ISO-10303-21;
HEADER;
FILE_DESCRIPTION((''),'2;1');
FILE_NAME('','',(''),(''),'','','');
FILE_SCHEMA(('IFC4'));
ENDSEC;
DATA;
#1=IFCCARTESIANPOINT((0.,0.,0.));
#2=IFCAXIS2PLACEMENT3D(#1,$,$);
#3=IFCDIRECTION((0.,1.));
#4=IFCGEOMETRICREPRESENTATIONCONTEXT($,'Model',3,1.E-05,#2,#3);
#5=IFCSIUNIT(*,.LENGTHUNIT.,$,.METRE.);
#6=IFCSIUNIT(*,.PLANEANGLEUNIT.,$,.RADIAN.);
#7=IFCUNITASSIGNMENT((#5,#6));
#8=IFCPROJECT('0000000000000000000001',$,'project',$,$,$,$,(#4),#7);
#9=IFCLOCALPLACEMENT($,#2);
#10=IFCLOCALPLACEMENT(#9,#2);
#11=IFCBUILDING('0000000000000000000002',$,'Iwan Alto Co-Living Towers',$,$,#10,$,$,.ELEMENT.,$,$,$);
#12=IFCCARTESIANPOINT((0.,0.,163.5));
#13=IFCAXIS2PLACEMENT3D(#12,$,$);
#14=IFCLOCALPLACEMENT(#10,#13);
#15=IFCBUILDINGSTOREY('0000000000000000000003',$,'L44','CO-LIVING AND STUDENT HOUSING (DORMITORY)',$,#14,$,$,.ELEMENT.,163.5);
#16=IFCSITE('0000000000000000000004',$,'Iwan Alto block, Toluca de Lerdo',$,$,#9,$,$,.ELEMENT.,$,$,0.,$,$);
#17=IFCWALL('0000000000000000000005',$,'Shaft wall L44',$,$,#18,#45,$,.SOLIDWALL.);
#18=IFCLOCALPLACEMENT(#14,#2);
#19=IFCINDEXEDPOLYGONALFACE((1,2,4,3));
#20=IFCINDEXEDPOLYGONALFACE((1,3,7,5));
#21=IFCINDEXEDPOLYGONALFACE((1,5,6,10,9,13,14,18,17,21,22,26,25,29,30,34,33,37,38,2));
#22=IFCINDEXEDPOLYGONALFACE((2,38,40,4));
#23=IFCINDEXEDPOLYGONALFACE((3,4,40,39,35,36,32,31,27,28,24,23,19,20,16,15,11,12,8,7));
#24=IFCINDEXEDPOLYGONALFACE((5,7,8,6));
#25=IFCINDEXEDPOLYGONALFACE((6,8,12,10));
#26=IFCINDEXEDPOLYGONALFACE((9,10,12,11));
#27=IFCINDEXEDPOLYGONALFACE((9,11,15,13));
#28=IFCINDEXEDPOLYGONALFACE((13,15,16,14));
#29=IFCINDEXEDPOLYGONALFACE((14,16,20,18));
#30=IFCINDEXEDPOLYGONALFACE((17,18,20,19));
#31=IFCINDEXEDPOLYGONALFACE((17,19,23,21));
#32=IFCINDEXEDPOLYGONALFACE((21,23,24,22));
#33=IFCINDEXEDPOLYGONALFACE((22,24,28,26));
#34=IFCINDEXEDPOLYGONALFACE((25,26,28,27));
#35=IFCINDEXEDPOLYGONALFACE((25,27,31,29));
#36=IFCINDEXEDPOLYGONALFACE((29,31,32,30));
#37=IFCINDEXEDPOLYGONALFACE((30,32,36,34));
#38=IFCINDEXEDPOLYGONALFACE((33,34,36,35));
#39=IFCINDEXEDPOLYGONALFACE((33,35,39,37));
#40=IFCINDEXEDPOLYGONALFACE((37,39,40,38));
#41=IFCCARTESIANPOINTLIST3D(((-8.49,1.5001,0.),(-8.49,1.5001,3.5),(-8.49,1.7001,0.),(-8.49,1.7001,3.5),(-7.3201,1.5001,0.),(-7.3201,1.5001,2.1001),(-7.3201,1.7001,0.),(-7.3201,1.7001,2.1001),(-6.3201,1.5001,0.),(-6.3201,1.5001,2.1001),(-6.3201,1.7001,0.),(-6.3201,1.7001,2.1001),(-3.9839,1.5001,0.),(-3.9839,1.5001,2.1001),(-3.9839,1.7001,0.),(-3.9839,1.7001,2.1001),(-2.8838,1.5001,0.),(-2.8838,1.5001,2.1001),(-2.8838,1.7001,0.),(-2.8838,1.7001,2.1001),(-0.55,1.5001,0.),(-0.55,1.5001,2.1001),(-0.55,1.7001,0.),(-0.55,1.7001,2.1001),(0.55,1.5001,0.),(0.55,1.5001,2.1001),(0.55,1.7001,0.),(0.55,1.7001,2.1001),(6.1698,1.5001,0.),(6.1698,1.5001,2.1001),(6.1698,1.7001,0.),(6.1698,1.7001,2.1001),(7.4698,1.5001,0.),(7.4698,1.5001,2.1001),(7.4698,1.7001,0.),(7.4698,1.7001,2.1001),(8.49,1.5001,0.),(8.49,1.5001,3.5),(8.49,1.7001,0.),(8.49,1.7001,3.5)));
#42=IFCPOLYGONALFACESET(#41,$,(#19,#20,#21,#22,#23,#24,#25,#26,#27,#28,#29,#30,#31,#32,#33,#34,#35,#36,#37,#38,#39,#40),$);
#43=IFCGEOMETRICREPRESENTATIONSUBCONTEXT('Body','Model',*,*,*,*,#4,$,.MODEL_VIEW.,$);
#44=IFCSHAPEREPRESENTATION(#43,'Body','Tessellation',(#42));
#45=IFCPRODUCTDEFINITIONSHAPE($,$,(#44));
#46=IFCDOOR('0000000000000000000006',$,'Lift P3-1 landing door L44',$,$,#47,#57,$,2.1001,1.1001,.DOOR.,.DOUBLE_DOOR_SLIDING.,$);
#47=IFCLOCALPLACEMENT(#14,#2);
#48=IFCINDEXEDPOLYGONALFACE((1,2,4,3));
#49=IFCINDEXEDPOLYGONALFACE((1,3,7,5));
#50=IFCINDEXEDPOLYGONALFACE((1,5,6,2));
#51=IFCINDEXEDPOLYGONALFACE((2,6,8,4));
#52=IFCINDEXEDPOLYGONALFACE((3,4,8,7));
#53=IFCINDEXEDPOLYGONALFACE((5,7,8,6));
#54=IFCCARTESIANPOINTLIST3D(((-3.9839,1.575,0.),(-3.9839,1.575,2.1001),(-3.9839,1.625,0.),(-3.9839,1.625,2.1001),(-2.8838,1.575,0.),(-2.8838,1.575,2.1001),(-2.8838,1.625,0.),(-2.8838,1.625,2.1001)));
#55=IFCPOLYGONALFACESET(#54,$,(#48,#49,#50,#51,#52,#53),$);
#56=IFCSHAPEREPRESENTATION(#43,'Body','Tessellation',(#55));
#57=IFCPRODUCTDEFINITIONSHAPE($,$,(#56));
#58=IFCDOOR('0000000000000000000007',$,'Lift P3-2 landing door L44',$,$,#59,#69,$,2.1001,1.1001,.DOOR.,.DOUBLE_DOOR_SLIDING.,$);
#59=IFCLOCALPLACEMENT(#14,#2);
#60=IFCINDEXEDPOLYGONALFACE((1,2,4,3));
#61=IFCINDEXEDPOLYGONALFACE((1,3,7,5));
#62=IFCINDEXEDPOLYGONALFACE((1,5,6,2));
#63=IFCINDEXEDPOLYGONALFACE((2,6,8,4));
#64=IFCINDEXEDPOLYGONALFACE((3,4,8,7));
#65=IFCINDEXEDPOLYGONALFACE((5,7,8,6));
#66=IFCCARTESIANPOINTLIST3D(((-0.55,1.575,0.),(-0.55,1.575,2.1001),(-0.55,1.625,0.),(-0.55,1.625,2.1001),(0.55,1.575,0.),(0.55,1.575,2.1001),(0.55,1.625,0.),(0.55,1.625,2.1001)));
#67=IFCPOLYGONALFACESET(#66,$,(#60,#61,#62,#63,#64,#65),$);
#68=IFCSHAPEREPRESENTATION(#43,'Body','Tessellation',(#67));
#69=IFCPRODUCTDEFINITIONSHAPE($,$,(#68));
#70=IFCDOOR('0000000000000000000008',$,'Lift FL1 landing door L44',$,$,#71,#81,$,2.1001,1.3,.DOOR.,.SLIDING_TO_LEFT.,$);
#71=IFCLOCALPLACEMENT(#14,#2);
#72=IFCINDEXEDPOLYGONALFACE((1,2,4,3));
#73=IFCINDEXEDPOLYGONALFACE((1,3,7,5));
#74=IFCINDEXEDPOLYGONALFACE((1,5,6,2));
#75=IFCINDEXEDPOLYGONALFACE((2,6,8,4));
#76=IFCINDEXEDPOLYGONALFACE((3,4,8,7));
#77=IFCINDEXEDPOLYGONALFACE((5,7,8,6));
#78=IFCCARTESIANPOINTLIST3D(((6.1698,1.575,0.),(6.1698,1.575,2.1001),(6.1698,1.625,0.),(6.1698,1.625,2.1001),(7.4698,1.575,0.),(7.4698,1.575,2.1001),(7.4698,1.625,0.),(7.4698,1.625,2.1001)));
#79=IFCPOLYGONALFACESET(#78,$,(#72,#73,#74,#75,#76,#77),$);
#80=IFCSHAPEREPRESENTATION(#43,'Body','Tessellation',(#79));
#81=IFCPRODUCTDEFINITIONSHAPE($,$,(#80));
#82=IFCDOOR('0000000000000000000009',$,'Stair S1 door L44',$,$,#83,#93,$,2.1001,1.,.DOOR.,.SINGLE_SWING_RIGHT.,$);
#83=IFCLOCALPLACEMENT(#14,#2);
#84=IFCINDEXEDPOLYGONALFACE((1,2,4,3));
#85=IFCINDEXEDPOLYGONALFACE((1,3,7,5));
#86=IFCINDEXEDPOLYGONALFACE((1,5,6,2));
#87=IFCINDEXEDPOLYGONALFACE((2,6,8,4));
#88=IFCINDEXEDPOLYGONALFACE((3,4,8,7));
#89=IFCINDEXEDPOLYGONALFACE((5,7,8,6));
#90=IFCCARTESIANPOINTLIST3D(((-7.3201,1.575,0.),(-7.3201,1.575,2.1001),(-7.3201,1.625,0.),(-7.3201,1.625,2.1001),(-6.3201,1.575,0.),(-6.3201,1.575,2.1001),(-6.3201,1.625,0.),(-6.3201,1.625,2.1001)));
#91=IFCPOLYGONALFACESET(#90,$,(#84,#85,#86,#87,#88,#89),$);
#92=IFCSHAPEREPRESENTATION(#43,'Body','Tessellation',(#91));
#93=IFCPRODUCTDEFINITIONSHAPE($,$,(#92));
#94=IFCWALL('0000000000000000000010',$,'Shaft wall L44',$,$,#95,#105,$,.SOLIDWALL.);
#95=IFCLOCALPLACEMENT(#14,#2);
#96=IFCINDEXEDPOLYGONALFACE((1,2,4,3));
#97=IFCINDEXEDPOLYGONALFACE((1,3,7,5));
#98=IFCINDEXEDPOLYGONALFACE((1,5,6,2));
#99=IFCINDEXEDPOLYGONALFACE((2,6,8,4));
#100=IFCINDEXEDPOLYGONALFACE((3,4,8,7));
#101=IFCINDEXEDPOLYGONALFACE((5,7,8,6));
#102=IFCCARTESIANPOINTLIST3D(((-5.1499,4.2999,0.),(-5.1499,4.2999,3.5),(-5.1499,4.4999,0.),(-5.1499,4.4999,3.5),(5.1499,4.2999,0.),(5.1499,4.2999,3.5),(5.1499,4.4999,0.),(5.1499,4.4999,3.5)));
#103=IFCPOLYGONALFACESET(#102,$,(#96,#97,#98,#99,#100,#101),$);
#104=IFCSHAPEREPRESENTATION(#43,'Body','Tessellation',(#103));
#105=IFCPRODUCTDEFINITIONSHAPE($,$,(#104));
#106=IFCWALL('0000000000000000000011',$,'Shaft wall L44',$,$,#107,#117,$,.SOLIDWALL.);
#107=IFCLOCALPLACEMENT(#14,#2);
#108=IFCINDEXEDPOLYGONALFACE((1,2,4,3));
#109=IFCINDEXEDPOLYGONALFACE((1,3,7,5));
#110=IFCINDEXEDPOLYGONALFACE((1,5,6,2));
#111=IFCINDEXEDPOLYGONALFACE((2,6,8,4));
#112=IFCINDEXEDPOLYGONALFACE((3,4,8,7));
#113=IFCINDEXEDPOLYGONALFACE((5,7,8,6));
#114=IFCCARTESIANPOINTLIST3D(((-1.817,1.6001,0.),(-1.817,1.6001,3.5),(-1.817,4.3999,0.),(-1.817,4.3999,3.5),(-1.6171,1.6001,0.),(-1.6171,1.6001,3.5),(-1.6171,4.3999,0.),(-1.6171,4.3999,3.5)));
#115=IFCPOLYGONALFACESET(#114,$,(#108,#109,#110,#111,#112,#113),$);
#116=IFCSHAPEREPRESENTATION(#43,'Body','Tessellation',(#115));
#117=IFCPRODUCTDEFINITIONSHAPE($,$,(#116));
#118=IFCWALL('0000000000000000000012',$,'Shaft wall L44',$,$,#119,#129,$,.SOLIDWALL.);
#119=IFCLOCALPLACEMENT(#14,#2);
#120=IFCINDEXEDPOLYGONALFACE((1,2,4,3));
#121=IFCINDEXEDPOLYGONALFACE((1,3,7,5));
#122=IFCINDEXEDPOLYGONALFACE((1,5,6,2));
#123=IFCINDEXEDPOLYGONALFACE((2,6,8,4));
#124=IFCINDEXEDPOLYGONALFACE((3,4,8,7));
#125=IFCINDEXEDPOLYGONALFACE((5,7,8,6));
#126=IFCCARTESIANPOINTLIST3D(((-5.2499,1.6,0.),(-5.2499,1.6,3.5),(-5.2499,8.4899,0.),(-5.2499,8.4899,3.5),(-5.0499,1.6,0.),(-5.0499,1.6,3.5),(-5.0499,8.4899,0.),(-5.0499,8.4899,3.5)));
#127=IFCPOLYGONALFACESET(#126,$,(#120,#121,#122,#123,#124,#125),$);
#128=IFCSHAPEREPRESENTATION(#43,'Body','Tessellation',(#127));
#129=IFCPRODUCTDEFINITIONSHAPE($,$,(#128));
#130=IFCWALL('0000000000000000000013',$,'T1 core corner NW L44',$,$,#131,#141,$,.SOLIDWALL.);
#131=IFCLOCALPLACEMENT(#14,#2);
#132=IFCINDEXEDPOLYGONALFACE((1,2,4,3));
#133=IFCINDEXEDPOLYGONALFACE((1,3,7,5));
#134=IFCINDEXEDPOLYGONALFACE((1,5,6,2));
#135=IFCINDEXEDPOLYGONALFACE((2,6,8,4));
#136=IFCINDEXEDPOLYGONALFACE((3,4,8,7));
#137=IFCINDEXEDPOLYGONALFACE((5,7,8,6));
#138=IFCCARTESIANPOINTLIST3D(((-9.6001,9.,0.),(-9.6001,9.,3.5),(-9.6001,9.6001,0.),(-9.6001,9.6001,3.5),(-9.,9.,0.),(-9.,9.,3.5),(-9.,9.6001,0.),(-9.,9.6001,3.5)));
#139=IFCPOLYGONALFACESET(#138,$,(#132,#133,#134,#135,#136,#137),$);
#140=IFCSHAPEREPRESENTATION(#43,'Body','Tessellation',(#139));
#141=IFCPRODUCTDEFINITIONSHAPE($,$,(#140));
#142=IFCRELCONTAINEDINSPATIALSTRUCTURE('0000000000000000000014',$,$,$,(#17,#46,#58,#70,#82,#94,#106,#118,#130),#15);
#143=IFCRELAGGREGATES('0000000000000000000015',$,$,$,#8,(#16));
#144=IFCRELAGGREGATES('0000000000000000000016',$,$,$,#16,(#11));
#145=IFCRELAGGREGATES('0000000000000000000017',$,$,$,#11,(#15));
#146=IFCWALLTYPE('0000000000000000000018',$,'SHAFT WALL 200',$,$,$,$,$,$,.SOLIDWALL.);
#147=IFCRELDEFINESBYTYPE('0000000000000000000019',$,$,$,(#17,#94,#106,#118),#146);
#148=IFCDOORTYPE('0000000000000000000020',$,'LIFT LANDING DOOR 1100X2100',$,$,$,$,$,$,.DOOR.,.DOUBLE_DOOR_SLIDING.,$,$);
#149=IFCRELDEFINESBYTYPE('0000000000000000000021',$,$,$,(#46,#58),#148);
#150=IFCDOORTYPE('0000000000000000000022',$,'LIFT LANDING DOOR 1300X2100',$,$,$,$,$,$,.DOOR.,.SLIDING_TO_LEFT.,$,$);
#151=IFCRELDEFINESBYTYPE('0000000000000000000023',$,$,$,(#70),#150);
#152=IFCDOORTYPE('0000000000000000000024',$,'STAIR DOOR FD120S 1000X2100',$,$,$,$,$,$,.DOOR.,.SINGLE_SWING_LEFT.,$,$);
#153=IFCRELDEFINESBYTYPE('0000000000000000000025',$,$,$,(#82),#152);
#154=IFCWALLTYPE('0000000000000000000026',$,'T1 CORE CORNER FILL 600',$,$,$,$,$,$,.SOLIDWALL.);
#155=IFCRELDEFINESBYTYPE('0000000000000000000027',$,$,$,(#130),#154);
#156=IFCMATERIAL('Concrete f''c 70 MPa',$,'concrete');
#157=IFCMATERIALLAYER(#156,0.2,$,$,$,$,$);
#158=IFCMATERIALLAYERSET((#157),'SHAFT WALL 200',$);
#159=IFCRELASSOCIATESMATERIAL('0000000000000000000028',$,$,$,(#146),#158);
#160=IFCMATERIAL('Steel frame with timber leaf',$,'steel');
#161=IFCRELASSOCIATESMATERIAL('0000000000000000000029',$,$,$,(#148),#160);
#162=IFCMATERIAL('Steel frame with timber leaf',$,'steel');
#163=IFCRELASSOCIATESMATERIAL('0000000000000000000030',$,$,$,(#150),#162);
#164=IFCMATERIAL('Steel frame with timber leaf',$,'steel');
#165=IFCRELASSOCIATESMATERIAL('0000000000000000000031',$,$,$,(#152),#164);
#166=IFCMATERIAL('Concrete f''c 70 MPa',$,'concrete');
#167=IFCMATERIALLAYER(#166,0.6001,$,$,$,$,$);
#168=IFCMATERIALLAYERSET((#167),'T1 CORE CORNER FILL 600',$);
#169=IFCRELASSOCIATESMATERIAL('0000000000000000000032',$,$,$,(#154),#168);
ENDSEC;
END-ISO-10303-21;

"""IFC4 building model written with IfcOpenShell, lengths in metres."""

from ifc_helpers import new_model, si_unit, direction, frame, frame_2d, origin, place, context, subcontext, project, spatial, rectangle, extrude, material, layer, layer_set, type_object, element, fill, save


model = new_model("IFC4")

# Units and contexts
model_context = context("Model", 3, precision=1e-05, world=origin(), true_north=direction((0.0, 1.0)))
body_context = subcontext(model_context, "Body", "Model", "MODEL_VIEW")
ifc_project = project(units=[si_unit("LENGTHUNIT", "METRE"), si_unit("PLANEANGLEUNIT", "RADIAN")], contexts=[model_context])

# Site, building, storey
site_placement = place(None, origin())
site = spatial("IfcSite", under=ifc_project, at=site_placement, Name="Iwan Alto block, Toluca de Lerdo", CompositionType="ELEMENT", RefElevation=0.0)
building_placement = place(site_placement, origin())
building = spatial("IfcBuilding", under=site, at=building_placement, Name="Iwan Alto Co-Living Towers", CompositionType="ELEMENT")
storey_placement = place(building_placement, frame((0.0, 0.0, 163.5)))
storey = spatial("IfcBuildingStorey", under=building, at=storey_placement, Name="L44", Description="CO-LIVING AND STUDENT HOUSING (DORMITORY)", CompositionType="ELEMENT", Elevation=163.5)

# Wall, openings, doors
ifc_material_1 = material(Name="Concrete f'c 70 MPa", Category="concrete")
ifc_layer_1 = layer(ifc_material_1, 0.2)
ifc_layer_set_1 = layer_set([ifc_layer_1], Name="SHAFT WALL 200")
wall_type_1 = type_object("IfcWallType", Name="SHAFT WALL 200", PredefinedType="SOLIDWALL", material=ifc_layer_set_1)
wall_1_placement = place(storey_placement, frame((-8.49, 1.6001, 0.0), z_axis=(0.0, 0.0, 1.0), x_axis=(1.0, 0.0, 0.0)))
wall_1 = element("IfcWall", 1, at=wall_1_placement, inside=storey, type_object=wall_type_1, Name="Shaft wall L44", PredefinedType="SOLIDWALL", context=body_context, shape_type="SweptSolid", body=[
    extrude(rectangle(XDim=16.98, YDim=0.2, at=frame_2d((8.49, 0.0))), origin(), (0.0, 0.0, 1.0), 3.5),
])
opening_1_placement = place(wall_1_placement, frame((1.1699, 0.0, 0.0)))
opening_1 = element("IfcOpeningElement", 2, at=opening_1_placement, cuts=wall_1, PredefinedType="OPENING", context=body_context, shape_type="SweptSolid", body=[
    extrude(rectangle(XDim=1.0, YDim=2.1001, at=frame_2d((0.5, 1.05))), frame((0.0, 0.1099, 0.0), z_axis=(0.0, -1.0, 0.0), x_axis=(1.0, 0.0, 0.0)), (0.0, 0.0, 1.0), 0.22),
])
opening_2_placement = place(wall_1_placement, frame((4.5061, 0.0, 0.0)))
opening_2 = element("IfcOpeningElement", 3, at=opening_2_placement, cuts=wall_1, PredefinedType="OPENING", context=body_context, shape_type="SweptSolid", body=[
    extrude(rectangle(XDim=1.1001, YDim=2.1001, at=frame_2d((0.55, 1.05))), frame((0.0, 0.1099, 0.0), z_axis=(0.0, -1.0, 0.0), x_axis=(1.0, 0.0, 0.0)), (0.0, 0.0, 1.0), 0.22),
])
opening_3_placement = place(wall_1_placement, frame((7.9399, 0.0, 0.0)))
opening_3 = element("IfcOpeningElement", 4, at=opening_3_placement, cuts=wall_1, PredefinedType="OPENING", context=body_context, shape_type="SweptSolid", body=[
    extrude(rectangle(XDim=1.1001, YDim=2.1001, at=frame_2d((0.55, 1.05))), frame((0.0, 0.1099, 0.0), z_axis=(0.0, -1.0, 0.0), x_axis=(1.0, 0.0, 0.0)), (0.0, 0.0, 1.0), 0.22),
])
opening_4_placement = place(wall_1_placement, frame((14.6599, 0.0, 0.0)))
opening_4 = element("IfcOpeningElement", 5, at=opening_4_placement, cuts=wall_1, PredefinedType="OPENING", context=body_context, shape_type="SweptSolid", body=[
    extrude(rectangle(XDim=1.3, YDim=2.1001, at=frame_2d((0.6499, 1.05))), frame((0.0, 0.1099, 0.0), z_axis=(0.0, -1.0, 0.0), x_axis=(1.0, 0.0, 0.0)), (0.0, 0.0, 1.0), 0.22),
])
ifc_material_2 = material(Name="Steel frame with timber leaf", Category="steel")
door_type_1 = type_object("IfcDoorType", Name="LIFT LANDING DOOR 1100X2100", OperationType="DOUBLE_DOOR_SLIDING", PredefinedType="DOOR", material=ifc_material_2)
door_1_placement = place(opening_2_placement, origin())
door_1 = element("IfcDoor", 6, at=door_1_placement, inside=storey, type_object=door_type_1, Name="Lift P3-1 landing door L44", OperationType="DOUBLE_DOOR_SLIDING", OverallHeight=2.1001, OverallWidth=1.1001, PredefinedType="DOOR", context=body_context, shape_type="SweptSolid", body=[
    extrude(rectangle(XDim=1.1001, YDim=2.1001, at=frame_2d((0.55, 1.05))), frame((0.0, 0.0249, 0.0), z_axis=(0.0, -1.0, 0.0), x_axis=(1.0, 0.0, 0.0)), (0.0, 0.0, 1.0), 0.05),
])
fill(opening_2, door_1)
door_2_placement = place(opening_3_placement, origin())
door_2 = element("IfcDoor", 7, at=door_2_placement, inside=storey, type_object=door_type_1, Name="Lift P3-2 landing door L44", OperationType="DOUBLE_DOOR_SLIDING", OverallHeight=2.1001, OverallWidth=1.1001, PredefinedType="DOOR", context=body_context, shape_type="SweptSolid", body=[
    extrude(rectangle(XDim=1.1001, YDim=2.1001, at=frame_2d((0.55, 1.05))), frame((0.0, 0.0249, 0.0), z_axis=(0.0, -1.0, 0.0), x_axis=(1.0, 0.0, 0.0)), (0.0, 0.0, 1.0), 0.05),
])
fill(opening_3, door_2)
ifc_material_3 = material(Name="Steel frame with timber leaf", Category="steel")
door_type_2 = type_object("IfcDoorType", Name="LIFT LANDING DOOR 1300X2100", OperationType="SLIDING_TO_LEFT", PredefinedType="DOOR", material=ifc_material_3)
door_3_placement = place(opening_4_placement, origin())
door_3 = element("IfcDoor", 8, at=door_3_placement, inside=storey, type_object=door_type_2, Name="Lift FL1 landing door L44", OperationType="SLIDING_TO_LEFT", OverallHeight=2.1001, OverallWidth=1.3, PredefinedType="DOOR", context=body_context, shape_type="SweptSolid", body=[
    extrude(rectangle(XDim=1.3, YDim=2.1001, at=frame_2d((0.6499, 1.05))), frame((0.0, 0.0249, 0.0), z_axis=(0.0, -1.0, 0.0), x_axis=(1.0, 0.0, 0.0)), (0.0, 0.0, 1.0), 0.05),
])
fill(opening_4, door_3)
ifc_material_4 = material(Name="Steel frame with timber leaf", Category="steel")
door_type_3 = type_object("IfcDoorType", Name="STAIR DOOR FD120S 1000X2100", OperationType="SINGLE_SWING_LEFT", PredefinedType="DOOR", material=ifc_material_4)
door_4_placement = place(opening_1_placement, origin())
door_4 = element("IfcDoor", 9, at=door_4_placement, inside=storey, type_object=door_type_3, Name="Stair S1 door L44", OperationType="SINGLE_SWING_RIGHT", OverallHeight=2.1001, OverallWidth=1.0, PredefinedType="DOOR", context=body_context, shape_type="SweptSolid", body=[
    extrude(rectangle(XDim=1.0, YDim=2.1001, at=frame_2d((0.5, 1.05))), frame((0.0, 0.0249, 0.0), z_axis=(0.0, -1.0, 0.0), x_axis=(1.0, 0.0, 0.0)), (0.0, 0.0, 1.0), 0.05),
])
fill(opening_1, door_4)

# Walls
wall_2_placement = place(storey_placement, frame((-5.1499, 4.3999, 0.0), z_axis=(0.0, 0.0, 1.0), x_axis=(1.0, 0.0, 0.0)))
element("IfcWall", 10, at=wall_2_placement, inside=storey, type_object=wall_type_1, Name="Shaft wall L44", PredefinedType="SOLIDWALL", context=body_context, shape_type="SweptSolid", body=[
    extrude(rectangle(XDim=10.2998, YDim=0.2, at=frame_2d((5.1499, 0.0))), origin(), (0.0, 0.0, 1.0), 3.5),
])
wall_3_placement = place(storey_placement, frame((-1.717, 1.6001, 0.0), z_axis=(0.0, 0.0, 1.0), x_axis=(0.0, 1.0, 0.0)))
element("IfcWall", 11, at=wall_3_placement, inside=storey, type_object=wall_type_1, Name="Shaft wall L44", PredefinedType="SOLIDWALL", context=body_context, shape_type="SweptSolid", body=[
    extrude(rectangle(XDim=2.7998, YDim=0.2, at=frame_2d((1.3999, 0.0))), origin(), (0.0, 0.0, 1.0), 3.5),
])
wall_4_placement = place(storey_placement, frame((-5.1499, 1.6001, 0.0), z_axis=(0.0, 0.0, 1.0), x_axis=(0.0, 1.0, 0.0)))
element("IfcWall", 12, at=wall_4_placement, inside=storey, type_object=wall_type_1, Name="Shaft wall L44", PredefinedType="SOLIDWALL", context=body_context, shape_type="SweptSolid", body=[
    extrude(rectangle(XDim=6.8899, YDim=0.2, at=frame_2d((3.4448, 0.0))), origin(), (0.0, 0.0, 1.0), 3.5),
])
ifc_material_5 = material(Name="Concrete f'c 70 MPa", Category="concrete")
ifc_layer_2 = layer(ifc_material_5, 0.6001)
ifc_layer_set_2 = layer_set([ifc_layer_2], Name="T1 CORE CORNER FILL 600")
wall_type_2 = type_object("IfcWallType", Name="T1 CORE CORNER FILL 600", PredefinedType="SOLIDWALL", material=ifc_layer_set_2)
wall_5_placement = place(storey_placement, frame((-9.6001, 9.3, 0.0), z_axis=(0.0, 0.0, 1.0), x_axis=(1.0, 0.0, 0.0)))
element("IfcWall", 13, at=wall_5_placement, inside=storey, type_object=wall_type_2, Name="T1 core corner NW L44", PredefinedType="SOLIDWALL", context=body_context, shape_type="SweptSolid", body=[
    extrude(rectangle(XDim=0.6001, YDim=0.6001, at=frame_2d((0.3, 0.0))), origin(), (0.0, 0.0, 1.0), 3.5),
])

save(model, "model.ifc")
